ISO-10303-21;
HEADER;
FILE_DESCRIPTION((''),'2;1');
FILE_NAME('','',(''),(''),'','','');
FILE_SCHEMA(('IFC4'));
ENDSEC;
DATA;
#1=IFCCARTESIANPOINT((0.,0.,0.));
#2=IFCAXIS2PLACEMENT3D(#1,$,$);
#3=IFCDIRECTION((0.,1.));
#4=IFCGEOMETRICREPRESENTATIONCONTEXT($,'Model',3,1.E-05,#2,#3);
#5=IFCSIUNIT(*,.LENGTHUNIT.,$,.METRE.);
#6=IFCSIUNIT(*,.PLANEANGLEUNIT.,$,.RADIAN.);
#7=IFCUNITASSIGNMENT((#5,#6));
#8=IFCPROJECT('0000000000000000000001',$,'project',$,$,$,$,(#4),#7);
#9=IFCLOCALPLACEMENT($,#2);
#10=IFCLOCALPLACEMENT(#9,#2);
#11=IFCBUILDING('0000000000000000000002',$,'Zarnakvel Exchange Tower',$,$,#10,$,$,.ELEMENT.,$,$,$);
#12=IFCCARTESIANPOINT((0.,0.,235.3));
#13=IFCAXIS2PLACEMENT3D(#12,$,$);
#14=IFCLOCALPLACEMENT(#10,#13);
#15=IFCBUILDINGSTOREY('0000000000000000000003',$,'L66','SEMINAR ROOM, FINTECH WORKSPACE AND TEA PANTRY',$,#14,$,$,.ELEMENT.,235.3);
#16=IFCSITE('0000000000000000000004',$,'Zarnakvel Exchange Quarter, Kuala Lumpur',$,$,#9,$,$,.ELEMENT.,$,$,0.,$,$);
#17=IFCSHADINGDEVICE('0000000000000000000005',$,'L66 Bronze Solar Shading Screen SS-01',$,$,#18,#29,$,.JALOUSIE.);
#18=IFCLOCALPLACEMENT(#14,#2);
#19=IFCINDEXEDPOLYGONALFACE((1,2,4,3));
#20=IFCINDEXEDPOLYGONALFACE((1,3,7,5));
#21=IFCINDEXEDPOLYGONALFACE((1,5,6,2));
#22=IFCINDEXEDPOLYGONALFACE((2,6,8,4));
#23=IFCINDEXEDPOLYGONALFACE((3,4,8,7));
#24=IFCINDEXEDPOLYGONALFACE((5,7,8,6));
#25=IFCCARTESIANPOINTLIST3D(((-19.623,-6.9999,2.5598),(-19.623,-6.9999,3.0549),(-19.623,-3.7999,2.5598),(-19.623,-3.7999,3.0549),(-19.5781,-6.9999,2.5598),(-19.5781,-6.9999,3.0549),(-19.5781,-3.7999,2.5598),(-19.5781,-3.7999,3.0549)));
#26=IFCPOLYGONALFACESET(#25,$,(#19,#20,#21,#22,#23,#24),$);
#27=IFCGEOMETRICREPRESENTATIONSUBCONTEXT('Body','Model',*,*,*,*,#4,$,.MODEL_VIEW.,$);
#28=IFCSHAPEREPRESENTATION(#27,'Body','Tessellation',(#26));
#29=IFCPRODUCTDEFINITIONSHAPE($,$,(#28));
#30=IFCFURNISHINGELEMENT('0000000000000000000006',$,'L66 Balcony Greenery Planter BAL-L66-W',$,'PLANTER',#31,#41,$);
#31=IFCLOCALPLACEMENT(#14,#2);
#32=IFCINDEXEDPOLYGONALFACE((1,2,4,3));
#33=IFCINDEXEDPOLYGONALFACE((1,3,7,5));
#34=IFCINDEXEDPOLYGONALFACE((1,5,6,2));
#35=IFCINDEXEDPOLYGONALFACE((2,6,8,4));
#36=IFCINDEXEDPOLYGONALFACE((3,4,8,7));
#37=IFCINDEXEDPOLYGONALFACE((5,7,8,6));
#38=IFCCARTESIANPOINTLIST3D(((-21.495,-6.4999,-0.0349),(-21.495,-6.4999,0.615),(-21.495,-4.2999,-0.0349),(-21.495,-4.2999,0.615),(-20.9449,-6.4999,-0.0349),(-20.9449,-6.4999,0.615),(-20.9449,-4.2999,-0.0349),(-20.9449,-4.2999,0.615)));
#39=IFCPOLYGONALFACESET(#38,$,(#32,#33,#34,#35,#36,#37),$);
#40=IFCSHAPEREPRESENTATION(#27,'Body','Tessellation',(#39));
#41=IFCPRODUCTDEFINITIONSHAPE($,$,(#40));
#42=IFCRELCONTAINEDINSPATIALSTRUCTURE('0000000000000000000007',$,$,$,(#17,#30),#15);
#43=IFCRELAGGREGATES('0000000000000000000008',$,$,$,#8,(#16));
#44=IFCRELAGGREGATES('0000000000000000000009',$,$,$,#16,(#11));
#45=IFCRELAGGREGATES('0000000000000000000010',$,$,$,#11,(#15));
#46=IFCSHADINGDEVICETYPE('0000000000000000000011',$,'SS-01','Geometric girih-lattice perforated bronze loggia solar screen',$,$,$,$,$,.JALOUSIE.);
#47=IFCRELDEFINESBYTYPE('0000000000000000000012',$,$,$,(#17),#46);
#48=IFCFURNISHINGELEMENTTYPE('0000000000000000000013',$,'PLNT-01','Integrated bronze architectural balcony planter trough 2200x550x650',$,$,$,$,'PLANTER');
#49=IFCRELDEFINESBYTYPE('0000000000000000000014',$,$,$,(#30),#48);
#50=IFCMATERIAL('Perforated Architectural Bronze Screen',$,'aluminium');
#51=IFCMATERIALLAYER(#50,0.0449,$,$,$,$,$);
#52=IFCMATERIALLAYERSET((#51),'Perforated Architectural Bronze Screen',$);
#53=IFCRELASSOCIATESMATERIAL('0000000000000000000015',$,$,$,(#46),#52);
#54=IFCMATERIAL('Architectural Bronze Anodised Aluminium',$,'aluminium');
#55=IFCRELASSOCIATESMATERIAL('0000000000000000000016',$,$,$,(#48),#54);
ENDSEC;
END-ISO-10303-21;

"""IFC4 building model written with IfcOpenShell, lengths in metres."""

from ifc_helpers import new_model, si_unit, direction, frame, origin, origin_2d, place, context, subcontext, project, spatial, rectangle, extrude, source, transform, mapped, material, layer, layer_set, type_object, element, save


model = new_model("IFC4")

# Units and contexts
model_context = context("Model", 3, precision=1e-05, world=origin(), true_north=direction((0.0, 1.0)))
body_context = subcontext(model_context, "Body", "Model", "MODEL_VIEW")
ifc_project = project(units=[si_unit("LENGTHUNIT", "METRE"), si_unit("PLANEANGLEUNIT", "RADIAN")], contexts=[model_context])

# Site, building, storey
site_placement = place(None, origin())
site = spatial("IfcSite", under=ifc_project, at=site_placement, Name="Zarnakvel Exchange Quarter, Kuala Lumpur", CompositionType="ELEMENT", RefElevation=0.0)
building_placement = place(site_placement, origin())
building = spatial("IfcBuilding", under=site, at=building_placement, Name="Zarnakvel Exchange Tower", CompositionType="ELEMENT")
storey_placement = place(building_placement, frame((0.0, 0.0, 235.3)))
storey = spatial("IfcBuildingStorey", under=building, at=storey_placement, Name="L66", Description="SEMINAR ROOM, FINTECH WORKSPACE AND TEA PANTRY", CompositionType="ELEMENT", Elevation=235.3)

# Shared definitions
ifc_material_1 = material(Name="Architectural Bronze Anodised Aluminium", Category="aluminium")

# Shading device
ifc_material_2 = material(Name="Perforated Architectural Bronze Screen", Category="aluminium")
ifc_layer_1 = layer(ifc_material_2, 0.0449)
ifc_layer_set_1 = layer_set([ifc_layer_1], Name="Perforated Architectural Bronze Screen")
shading_device_type = type_object("IfcShadingDeviceType", Name="SS-01", Description="Geometric girih-lattice perforated bronze loggia solar screen", PredefinedType="JALOUSIE", material=ifc_layer_set_1)
shared_shape_1 = source(origin(), body_context, "Body", "SweptSolid", [
    extrude(rectangle(XDim=3.2, YDim=0.0449, at=origin_2d()), origin(), (0.0, 0.0, 1.0), 0.4951),
])
shading_device_placement = place(storey_placement, frame((-19.6006, -5.3999, 2.5598), z_axis=(0.0, 0.0, 1.0), x_axis=(0.0, 1.0, 0.0)))
element("IfcShadingDevice", 1, at=shading_device_placement, inside=storey, type_object=shading_device_type, Name="L66 Bronze Solar Shading Screen SS-01", PredefinedType="JALOUSIE", context=body_context, shape_type="MappedRepresentation", body=[
    mapped(shared_shape_1, transform((0.0, 0.0, 0.0), x_axis=(1.0, 0.0, 0.0), y_axis=(0.0, 1.0, 0.0), z_axis=(0.0, 0.0, 1.0), scale=1.0)),
])

# Furnishing element
furnishing_element_type = type_object("IfcFurnishingElementType", Name="PLNT-01", Description="Integrated bronze architectural balcony planter trough 2200x550x650", ElementType="PLANTER", material=ifc_material_1)
shared_shape_2 = source(origin(), body_context, "Body", "SweptSolid", [
    extrude(rectangle(XDim=2.2, YDim=0.55, at=origin_2d()), origin(), (0.0, 0.0, 1.0), 0.6499),
])
furnishing_placement = place(storey_placement, frame((-21.22, -5.3999, -0.0349), z_axis=(0.0, 0.0, 1.0), x_axis=(0.0, 1.0, 0.0)))
element("IfcFurnishingElement", 2, at=furnishing_placement, inside=storey, type_object=furnishing_element_type, Name="L66 Balcony Greenery Planter BAL-L66-W", ObjectType="PLANTER", context=body_context, shape_type="MappedRepresentation", body=[
    mapped(shared_shape_2, transform((0.0, 0.0, 0.0), x_axis=(1.0, 0.0, 0.0), y_axis=(0.0, 1.0, 0.0), z_axis=(0.0, 0.0, 1.0), scale=1.0)),
])

save(model, "model.ifc")
